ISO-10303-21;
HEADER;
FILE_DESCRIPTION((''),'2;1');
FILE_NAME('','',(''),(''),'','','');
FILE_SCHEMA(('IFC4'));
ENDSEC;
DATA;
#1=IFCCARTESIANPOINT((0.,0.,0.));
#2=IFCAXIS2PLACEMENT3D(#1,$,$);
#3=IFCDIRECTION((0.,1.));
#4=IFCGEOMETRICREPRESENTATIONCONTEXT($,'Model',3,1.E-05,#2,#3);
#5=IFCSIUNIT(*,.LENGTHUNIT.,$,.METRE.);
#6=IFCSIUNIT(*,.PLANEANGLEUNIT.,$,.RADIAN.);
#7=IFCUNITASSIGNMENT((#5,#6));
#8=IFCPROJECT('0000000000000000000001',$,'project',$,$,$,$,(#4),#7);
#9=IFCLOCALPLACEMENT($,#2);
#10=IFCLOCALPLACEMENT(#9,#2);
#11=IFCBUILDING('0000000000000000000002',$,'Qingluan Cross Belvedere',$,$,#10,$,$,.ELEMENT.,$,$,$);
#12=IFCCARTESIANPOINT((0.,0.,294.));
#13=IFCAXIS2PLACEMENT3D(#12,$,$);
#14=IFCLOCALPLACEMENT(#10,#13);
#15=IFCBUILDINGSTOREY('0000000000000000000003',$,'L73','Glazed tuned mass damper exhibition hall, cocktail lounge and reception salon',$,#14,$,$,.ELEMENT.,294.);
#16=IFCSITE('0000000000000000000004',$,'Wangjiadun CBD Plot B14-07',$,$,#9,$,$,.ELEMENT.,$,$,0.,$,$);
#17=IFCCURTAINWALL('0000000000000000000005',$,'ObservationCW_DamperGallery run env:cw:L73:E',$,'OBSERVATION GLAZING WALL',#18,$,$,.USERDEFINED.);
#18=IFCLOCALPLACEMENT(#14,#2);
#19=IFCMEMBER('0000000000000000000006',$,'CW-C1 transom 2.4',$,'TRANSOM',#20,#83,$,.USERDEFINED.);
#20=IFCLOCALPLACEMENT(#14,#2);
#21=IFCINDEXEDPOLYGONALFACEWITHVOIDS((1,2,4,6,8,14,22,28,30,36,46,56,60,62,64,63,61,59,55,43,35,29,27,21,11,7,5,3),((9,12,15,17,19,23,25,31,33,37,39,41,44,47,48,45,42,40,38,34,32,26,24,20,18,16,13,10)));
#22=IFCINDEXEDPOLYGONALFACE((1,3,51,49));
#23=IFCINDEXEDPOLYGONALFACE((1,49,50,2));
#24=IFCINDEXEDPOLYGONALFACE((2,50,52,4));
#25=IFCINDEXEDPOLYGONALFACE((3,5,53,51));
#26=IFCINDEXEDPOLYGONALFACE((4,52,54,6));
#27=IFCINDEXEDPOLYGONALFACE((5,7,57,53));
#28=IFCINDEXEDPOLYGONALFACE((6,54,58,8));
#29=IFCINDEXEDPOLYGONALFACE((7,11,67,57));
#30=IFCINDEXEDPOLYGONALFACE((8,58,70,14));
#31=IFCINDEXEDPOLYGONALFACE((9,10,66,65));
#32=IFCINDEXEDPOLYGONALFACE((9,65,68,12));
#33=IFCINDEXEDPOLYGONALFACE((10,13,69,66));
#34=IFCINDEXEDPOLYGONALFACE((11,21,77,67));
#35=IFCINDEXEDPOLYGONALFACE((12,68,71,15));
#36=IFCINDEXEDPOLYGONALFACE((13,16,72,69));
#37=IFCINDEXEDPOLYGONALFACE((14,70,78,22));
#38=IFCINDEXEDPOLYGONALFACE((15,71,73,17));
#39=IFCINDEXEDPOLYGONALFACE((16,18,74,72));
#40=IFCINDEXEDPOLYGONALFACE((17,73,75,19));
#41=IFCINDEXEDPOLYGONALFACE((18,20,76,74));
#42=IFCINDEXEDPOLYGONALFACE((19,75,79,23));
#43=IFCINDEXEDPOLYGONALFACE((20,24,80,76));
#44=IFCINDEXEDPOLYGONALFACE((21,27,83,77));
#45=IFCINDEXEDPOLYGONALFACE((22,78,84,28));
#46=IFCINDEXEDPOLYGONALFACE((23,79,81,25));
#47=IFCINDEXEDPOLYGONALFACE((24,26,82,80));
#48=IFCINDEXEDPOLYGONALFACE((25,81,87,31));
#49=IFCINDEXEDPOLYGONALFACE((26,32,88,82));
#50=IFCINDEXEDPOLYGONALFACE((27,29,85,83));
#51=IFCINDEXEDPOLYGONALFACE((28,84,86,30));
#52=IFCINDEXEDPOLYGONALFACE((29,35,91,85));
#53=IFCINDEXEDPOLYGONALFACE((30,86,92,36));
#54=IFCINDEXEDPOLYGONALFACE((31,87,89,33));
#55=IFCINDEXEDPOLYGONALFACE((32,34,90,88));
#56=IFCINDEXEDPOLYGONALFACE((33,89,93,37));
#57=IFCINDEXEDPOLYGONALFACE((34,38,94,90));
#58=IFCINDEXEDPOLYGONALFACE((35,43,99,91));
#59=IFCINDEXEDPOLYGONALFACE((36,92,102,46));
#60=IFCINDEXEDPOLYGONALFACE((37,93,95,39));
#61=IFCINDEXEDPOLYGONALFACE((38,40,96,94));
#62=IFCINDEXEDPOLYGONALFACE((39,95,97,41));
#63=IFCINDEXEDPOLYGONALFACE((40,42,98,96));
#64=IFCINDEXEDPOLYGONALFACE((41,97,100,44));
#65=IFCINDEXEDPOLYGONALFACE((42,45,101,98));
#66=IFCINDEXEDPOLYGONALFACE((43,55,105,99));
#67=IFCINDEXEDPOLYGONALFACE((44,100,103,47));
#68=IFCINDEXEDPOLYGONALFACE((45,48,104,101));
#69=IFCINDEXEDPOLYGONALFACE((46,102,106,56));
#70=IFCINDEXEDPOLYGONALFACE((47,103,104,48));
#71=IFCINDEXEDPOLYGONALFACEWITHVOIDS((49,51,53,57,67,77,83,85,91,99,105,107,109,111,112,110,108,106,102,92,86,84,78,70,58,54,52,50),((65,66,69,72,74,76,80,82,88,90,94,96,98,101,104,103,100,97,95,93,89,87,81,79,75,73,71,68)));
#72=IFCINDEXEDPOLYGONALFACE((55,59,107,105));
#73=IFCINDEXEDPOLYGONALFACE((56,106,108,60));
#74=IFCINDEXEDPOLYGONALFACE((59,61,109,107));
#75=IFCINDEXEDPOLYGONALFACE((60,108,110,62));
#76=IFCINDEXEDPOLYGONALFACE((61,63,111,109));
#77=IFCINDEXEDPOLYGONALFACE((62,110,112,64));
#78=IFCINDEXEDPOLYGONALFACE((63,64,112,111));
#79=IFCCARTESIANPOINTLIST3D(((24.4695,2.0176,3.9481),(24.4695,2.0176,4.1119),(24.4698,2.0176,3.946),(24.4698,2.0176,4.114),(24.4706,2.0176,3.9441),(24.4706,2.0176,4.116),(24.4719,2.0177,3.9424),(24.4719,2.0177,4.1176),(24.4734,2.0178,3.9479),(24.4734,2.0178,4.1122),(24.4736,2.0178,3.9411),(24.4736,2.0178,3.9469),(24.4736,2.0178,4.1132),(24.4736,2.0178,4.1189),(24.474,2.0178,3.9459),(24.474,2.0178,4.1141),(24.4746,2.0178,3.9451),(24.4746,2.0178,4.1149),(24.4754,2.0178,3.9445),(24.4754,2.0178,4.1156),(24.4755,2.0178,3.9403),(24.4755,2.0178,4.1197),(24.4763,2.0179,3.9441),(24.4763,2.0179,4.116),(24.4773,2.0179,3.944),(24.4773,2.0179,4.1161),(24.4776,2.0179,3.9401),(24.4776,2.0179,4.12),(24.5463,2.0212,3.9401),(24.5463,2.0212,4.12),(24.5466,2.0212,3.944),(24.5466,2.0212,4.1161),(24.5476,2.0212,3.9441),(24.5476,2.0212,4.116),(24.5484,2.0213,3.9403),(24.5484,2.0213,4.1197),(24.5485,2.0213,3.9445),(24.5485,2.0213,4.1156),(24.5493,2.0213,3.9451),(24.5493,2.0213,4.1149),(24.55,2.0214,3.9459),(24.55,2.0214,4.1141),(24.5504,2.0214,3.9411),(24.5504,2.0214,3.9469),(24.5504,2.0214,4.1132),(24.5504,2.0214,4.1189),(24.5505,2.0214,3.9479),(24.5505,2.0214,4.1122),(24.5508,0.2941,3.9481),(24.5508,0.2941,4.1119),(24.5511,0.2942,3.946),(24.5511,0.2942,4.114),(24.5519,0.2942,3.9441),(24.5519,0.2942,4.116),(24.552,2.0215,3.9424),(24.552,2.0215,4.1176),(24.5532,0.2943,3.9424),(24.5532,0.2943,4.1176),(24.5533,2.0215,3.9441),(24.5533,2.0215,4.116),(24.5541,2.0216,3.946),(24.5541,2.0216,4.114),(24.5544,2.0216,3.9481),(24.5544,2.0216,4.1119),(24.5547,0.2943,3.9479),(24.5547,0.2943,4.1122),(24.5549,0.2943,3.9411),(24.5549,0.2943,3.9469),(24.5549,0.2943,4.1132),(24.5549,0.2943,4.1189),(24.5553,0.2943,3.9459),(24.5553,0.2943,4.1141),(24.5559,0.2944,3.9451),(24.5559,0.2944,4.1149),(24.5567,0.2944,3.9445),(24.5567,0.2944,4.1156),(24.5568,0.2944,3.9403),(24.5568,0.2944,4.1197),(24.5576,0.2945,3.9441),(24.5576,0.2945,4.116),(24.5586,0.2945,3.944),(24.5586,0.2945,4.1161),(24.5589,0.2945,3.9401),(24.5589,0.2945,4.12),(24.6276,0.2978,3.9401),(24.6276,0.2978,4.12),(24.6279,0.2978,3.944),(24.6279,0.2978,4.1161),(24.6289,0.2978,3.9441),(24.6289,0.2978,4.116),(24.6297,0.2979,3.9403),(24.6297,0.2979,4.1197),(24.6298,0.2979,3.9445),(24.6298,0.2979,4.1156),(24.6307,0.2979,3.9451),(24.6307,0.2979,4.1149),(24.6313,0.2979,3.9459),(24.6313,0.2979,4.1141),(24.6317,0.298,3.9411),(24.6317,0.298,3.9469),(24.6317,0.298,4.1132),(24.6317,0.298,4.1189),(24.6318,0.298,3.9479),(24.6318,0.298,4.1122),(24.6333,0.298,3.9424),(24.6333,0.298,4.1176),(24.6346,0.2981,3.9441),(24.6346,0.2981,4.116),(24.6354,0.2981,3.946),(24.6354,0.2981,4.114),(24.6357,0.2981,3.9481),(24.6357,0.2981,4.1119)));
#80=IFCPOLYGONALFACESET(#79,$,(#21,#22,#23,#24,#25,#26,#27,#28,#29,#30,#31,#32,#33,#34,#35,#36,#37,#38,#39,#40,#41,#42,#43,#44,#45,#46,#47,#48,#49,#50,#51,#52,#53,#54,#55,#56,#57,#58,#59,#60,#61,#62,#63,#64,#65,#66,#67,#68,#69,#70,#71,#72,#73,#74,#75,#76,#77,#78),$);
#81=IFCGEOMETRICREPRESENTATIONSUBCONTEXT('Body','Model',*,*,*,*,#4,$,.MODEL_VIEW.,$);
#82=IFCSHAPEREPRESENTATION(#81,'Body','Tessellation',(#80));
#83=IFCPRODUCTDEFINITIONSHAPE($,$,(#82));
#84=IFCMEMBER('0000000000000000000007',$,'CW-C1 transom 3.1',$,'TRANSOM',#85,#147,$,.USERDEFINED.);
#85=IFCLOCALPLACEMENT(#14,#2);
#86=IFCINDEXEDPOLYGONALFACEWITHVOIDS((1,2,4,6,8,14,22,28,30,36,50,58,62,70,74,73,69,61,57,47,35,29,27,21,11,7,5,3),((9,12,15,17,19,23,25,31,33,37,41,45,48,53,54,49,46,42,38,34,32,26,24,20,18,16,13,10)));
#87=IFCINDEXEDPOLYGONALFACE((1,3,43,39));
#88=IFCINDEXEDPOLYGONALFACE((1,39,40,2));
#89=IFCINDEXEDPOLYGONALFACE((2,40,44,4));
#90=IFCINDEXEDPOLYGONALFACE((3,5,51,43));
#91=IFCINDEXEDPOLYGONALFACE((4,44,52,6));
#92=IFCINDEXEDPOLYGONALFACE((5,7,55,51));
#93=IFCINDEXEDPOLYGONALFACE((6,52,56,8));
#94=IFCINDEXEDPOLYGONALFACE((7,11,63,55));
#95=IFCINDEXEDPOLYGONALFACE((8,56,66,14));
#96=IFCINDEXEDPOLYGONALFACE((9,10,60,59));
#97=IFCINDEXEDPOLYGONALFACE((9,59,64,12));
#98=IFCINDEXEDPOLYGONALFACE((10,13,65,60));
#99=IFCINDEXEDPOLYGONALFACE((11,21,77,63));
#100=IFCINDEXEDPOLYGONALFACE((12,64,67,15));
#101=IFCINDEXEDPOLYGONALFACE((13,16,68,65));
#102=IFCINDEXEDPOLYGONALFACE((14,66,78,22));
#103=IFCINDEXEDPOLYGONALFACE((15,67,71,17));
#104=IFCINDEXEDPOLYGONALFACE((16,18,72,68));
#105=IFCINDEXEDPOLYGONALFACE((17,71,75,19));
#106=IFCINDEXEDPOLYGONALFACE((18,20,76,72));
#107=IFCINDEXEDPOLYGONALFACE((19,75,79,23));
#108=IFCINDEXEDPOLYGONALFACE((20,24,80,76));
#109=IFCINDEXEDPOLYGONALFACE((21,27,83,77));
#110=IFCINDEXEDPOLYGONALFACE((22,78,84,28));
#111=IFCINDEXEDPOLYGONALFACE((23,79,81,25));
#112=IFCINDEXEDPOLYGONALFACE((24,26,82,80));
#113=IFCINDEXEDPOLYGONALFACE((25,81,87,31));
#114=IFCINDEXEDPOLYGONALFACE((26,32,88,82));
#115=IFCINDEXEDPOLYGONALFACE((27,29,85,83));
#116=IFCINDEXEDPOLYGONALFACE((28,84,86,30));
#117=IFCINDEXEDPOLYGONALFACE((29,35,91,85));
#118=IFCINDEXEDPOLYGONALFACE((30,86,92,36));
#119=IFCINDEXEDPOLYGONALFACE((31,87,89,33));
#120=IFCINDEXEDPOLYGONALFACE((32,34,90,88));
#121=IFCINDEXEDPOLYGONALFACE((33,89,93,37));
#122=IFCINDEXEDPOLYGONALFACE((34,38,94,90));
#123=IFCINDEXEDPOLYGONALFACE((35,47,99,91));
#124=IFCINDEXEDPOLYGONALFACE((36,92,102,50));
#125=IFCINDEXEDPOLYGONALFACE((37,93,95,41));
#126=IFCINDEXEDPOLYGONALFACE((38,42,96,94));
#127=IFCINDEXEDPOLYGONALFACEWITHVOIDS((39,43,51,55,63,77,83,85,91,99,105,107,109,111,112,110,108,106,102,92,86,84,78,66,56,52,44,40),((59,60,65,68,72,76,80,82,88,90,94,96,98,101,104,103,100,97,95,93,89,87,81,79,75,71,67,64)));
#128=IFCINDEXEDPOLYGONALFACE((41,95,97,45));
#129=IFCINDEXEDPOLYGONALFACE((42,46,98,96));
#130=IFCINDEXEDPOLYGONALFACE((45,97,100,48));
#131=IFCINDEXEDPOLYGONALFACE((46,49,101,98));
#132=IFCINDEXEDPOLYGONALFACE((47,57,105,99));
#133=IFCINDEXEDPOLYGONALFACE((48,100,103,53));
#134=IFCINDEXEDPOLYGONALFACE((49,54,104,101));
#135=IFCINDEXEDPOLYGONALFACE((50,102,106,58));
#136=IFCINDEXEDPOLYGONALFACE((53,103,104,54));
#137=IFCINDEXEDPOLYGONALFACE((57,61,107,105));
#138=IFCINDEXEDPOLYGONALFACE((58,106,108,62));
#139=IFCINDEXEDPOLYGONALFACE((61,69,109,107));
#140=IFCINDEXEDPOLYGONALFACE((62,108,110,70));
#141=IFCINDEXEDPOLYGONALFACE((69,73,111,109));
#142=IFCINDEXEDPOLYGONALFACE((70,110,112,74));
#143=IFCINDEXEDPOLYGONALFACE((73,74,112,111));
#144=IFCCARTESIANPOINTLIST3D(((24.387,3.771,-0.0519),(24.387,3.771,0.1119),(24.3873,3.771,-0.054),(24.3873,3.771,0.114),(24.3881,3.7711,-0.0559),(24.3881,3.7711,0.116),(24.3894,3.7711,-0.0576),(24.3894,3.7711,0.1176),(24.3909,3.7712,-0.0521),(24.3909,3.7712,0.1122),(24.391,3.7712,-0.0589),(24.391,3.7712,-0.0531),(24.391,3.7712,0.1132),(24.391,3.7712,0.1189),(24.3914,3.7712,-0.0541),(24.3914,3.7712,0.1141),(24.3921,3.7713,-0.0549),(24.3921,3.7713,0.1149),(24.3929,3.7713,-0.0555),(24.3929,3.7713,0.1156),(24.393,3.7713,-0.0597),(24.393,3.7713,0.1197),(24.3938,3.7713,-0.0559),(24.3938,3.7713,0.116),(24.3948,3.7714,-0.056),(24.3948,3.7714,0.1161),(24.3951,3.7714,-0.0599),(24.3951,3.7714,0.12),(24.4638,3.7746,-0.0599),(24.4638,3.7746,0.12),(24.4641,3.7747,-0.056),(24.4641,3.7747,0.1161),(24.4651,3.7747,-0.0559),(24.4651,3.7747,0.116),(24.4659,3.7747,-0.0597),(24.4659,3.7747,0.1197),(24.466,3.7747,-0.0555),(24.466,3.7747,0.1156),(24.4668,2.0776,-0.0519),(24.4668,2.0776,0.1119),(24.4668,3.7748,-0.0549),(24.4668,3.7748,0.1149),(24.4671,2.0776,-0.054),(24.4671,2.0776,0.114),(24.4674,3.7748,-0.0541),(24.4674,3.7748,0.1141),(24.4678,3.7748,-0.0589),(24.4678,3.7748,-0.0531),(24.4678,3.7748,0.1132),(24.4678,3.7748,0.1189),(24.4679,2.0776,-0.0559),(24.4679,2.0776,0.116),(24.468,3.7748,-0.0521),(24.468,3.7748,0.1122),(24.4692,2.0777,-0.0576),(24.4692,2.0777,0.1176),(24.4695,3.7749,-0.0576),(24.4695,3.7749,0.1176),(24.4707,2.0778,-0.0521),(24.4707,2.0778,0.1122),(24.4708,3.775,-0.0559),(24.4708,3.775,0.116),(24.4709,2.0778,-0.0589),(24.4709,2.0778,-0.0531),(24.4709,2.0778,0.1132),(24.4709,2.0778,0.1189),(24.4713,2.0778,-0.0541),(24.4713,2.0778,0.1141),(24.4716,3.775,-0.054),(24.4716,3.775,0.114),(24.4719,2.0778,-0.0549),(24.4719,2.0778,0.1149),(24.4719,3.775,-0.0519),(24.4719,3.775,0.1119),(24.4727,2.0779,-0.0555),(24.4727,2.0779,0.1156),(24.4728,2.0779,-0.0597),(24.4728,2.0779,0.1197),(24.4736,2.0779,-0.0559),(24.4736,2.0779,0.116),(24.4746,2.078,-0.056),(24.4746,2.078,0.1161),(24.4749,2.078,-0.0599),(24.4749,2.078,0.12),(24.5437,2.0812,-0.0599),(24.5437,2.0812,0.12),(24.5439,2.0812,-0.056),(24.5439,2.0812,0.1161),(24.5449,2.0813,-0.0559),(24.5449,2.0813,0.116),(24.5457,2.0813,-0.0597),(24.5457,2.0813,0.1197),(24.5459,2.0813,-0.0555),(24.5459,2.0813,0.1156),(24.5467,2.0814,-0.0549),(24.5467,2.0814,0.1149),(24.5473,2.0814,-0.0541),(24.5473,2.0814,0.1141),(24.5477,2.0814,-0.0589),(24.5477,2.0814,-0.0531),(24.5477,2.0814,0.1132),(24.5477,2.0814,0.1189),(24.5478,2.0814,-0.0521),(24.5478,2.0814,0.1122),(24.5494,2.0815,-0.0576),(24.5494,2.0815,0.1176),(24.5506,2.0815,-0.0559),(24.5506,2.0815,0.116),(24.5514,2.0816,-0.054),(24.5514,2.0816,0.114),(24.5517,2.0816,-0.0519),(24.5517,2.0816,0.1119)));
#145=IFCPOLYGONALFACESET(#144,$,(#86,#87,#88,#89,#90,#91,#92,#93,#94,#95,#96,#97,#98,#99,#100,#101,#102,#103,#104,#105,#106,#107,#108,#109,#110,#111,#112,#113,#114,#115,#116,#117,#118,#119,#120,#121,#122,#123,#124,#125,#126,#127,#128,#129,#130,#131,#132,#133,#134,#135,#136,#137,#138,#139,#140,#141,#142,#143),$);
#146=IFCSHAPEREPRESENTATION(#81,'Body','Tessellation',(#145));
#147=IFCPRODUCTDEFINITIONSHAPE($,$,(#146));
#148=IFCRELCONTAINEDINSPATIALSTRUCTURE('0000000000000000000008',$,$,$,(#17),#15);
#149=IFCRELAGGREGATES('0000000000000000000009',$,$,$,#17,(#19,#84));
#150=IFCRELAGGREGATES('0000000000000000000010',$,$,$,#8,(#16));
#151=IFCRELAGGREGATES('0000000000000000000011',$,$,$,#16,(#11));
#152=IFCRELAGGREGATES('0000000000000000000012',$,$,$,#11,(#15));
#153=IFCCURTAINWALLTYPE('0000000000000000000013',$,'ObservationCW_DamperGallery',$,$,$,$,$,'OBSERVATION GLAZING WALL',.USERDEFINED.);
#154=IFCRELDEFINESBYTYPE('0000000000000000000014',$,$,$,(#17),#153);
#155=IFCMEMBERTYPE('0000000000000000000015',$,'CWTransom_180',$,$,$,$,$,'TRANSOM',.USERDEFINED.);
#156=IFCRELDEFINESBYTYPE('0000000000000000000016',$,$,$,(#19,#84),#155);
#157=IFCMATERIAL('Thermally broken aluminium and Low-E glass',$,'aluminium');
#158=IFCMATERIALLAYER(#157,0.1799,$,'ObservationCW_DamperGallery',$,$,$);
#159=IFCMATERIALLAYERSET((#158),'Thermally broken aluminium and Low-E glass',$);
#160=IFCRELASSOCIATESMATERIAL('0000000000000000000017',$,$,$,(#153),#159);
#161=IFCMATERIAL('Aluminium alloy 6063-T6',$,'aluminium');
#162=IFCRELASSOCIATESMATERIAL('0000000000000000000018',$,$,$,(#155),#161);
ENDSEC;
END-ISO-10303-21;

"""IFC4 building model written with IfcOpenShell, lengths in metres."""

from ifc_helpers import new_model, si_unit, direction, frame, origin, origin_2d, place, context, subcontext, project, spatial, hollow_rectangle, extrude, material, layer, layer_set, material_profile, profile_set, type_object, element, aggregate, save


model = new_model("IFC4")

# Units and contexts
model_context = context("Model", 3, precision=1e-05, world=origin(), true_north=direction((0.0, 1.0)))
body_context = subcontext(model_context, "Body", "Model", "MODEL_VIEW")
ifc_project = project(units=[si_unit("LENGTHUNIT", "METRE"), si_unit("PLANEANGLEUNIT", "RADIAN")], contexts=[model_context])

# Site, building, storey
site_placement = place(None, origin())
site = spatial("IfcSite", under=ifc_project, at=site_placement, Name="Wangjiadun CBD Plot B14-07", CompositionType="ELEMENT", RefElevation=0.0)
building_placement = place(site_placement, origin())
building = spatial("IfcBuilding", under=site, at=building_placement, Name="Qingluan Cross Belvedere", CompositionType="ELEMENT")
storey_placement = place(building_placement, frame((0.0, 0.0, 294.0)))
storey = spatial("IfcBuildingStorey", under=building, at=storey_placement, Name="L73", Description="Glazed tuned mass damper exhibition hall, cocktail lounge and reception salon", CompositionType="ELEMENT", Elevation=294.0)

# Curtain wall, members
ifc_material_1 = material(Name="Thermally broken aluminium and Low-E glass", Category="aluminium")
ifc_layer_1 = layer(ifc_material_1, 0.1799, Name="ObservationCW_DamperGallery")
ifc_layer_set_1 = layer_set([ifc_layer_1], Name="Thermally broken aluminium and Low-E glass")
curtain_wall_type = type_object("IfcCurtainWallType", Name="ObservationCW_DamperGallery", ElementType="OBSERVATION GLAZING WALL", PredefinedType="USERDEFINED", material=ifc_layer_set_1)
curtain_wall_placement = place(storey_placement, origin())
curtain_wall = element("IfcCurtainWall", 1, at=curtain_wall_placement, inside=storey, type_object=curtain_wall_type, Name="ObservationCW_DamperGallery run env:cw:L73:E", ObjectType="OBSERVATION GLAZING WALL", PredefinedType="USERDEFINED")
ifc_material_2 = material(Name="Aluminium alloy 6063-T6", Category="aluminium")
ifc_material_profile_1 = material_profile(ifc_material_2, hollow_rectangle(XDim=0.085, YDim=0.1799, WallThickness=0.0039, InnerFilletRadius=0.0039, OuterFilletRadius=0.0081, at=origin_2d()), Name="CWT180x85x4")
ifc_profile_set_1 = profile_set([ifc_material_profile_1], Name="Aluminium alloy 6063-T6")
member_type_1 = type_object("IfcMemberType", Name="CWTransom_180", ElementType="TRANSOM", PredefinedType="USERDEFINED", material=ifc_profile_set_1)
member_1_placement = place(storey_placement, frame((24.5933, 0.2961, 4.03), z_axis=(-0.047121, 0.998889, 0.0), x_axis=(-0.998889, -0.047121, 0.0)))
member_1 = element("IfcMember", 2, at=member_1_placement, type_object=member_type_1, Name="CW-C1 transom 2.4", ObjectType="TRANSOM", PredefinedType="USERDEFINED", context=body_context, shape_type="SweptSolid", body=[
    extrude(hollow_rectangle(XDim=0.085, YDim=0.1799, WallThickness=0.0039, InnerFilletRadius=0.0039, OuterFilletRadius=0.0081, at=origin_2d()), origin(), (0.0, 0.0, 1.0), 1.7253),
])
member_2_placement = place(storey_placement, frame((24.5093, 2.0796, 0.03), z_axis=(-0.047093, 0.998891, 0.0), x_axis=(-0.998891, -0.047093, 0.0)))
member_2 = element("IfcMember", 3, at=member_2_placement, type_object=member_type_1, Name="CW-C1 transom 3.1", ObjectType="TRANSOM", PredefinedType="USERDEFINED", context=body_context, shape_type="SweptSolid", body=[
    extrude(hollow_rectangle(XDim=0.085, YDim=0.1799, WallThickness=0.0039, InnerFilletRadius=0.0039, OuterFilletRadius=0.0081, at=origin_2d()), origin(), (0.0, 0.0, 1.0), 1.6953),
])
aggregate(curtain_wall, [member_1, member_2])

save(model, "model.ifc")
